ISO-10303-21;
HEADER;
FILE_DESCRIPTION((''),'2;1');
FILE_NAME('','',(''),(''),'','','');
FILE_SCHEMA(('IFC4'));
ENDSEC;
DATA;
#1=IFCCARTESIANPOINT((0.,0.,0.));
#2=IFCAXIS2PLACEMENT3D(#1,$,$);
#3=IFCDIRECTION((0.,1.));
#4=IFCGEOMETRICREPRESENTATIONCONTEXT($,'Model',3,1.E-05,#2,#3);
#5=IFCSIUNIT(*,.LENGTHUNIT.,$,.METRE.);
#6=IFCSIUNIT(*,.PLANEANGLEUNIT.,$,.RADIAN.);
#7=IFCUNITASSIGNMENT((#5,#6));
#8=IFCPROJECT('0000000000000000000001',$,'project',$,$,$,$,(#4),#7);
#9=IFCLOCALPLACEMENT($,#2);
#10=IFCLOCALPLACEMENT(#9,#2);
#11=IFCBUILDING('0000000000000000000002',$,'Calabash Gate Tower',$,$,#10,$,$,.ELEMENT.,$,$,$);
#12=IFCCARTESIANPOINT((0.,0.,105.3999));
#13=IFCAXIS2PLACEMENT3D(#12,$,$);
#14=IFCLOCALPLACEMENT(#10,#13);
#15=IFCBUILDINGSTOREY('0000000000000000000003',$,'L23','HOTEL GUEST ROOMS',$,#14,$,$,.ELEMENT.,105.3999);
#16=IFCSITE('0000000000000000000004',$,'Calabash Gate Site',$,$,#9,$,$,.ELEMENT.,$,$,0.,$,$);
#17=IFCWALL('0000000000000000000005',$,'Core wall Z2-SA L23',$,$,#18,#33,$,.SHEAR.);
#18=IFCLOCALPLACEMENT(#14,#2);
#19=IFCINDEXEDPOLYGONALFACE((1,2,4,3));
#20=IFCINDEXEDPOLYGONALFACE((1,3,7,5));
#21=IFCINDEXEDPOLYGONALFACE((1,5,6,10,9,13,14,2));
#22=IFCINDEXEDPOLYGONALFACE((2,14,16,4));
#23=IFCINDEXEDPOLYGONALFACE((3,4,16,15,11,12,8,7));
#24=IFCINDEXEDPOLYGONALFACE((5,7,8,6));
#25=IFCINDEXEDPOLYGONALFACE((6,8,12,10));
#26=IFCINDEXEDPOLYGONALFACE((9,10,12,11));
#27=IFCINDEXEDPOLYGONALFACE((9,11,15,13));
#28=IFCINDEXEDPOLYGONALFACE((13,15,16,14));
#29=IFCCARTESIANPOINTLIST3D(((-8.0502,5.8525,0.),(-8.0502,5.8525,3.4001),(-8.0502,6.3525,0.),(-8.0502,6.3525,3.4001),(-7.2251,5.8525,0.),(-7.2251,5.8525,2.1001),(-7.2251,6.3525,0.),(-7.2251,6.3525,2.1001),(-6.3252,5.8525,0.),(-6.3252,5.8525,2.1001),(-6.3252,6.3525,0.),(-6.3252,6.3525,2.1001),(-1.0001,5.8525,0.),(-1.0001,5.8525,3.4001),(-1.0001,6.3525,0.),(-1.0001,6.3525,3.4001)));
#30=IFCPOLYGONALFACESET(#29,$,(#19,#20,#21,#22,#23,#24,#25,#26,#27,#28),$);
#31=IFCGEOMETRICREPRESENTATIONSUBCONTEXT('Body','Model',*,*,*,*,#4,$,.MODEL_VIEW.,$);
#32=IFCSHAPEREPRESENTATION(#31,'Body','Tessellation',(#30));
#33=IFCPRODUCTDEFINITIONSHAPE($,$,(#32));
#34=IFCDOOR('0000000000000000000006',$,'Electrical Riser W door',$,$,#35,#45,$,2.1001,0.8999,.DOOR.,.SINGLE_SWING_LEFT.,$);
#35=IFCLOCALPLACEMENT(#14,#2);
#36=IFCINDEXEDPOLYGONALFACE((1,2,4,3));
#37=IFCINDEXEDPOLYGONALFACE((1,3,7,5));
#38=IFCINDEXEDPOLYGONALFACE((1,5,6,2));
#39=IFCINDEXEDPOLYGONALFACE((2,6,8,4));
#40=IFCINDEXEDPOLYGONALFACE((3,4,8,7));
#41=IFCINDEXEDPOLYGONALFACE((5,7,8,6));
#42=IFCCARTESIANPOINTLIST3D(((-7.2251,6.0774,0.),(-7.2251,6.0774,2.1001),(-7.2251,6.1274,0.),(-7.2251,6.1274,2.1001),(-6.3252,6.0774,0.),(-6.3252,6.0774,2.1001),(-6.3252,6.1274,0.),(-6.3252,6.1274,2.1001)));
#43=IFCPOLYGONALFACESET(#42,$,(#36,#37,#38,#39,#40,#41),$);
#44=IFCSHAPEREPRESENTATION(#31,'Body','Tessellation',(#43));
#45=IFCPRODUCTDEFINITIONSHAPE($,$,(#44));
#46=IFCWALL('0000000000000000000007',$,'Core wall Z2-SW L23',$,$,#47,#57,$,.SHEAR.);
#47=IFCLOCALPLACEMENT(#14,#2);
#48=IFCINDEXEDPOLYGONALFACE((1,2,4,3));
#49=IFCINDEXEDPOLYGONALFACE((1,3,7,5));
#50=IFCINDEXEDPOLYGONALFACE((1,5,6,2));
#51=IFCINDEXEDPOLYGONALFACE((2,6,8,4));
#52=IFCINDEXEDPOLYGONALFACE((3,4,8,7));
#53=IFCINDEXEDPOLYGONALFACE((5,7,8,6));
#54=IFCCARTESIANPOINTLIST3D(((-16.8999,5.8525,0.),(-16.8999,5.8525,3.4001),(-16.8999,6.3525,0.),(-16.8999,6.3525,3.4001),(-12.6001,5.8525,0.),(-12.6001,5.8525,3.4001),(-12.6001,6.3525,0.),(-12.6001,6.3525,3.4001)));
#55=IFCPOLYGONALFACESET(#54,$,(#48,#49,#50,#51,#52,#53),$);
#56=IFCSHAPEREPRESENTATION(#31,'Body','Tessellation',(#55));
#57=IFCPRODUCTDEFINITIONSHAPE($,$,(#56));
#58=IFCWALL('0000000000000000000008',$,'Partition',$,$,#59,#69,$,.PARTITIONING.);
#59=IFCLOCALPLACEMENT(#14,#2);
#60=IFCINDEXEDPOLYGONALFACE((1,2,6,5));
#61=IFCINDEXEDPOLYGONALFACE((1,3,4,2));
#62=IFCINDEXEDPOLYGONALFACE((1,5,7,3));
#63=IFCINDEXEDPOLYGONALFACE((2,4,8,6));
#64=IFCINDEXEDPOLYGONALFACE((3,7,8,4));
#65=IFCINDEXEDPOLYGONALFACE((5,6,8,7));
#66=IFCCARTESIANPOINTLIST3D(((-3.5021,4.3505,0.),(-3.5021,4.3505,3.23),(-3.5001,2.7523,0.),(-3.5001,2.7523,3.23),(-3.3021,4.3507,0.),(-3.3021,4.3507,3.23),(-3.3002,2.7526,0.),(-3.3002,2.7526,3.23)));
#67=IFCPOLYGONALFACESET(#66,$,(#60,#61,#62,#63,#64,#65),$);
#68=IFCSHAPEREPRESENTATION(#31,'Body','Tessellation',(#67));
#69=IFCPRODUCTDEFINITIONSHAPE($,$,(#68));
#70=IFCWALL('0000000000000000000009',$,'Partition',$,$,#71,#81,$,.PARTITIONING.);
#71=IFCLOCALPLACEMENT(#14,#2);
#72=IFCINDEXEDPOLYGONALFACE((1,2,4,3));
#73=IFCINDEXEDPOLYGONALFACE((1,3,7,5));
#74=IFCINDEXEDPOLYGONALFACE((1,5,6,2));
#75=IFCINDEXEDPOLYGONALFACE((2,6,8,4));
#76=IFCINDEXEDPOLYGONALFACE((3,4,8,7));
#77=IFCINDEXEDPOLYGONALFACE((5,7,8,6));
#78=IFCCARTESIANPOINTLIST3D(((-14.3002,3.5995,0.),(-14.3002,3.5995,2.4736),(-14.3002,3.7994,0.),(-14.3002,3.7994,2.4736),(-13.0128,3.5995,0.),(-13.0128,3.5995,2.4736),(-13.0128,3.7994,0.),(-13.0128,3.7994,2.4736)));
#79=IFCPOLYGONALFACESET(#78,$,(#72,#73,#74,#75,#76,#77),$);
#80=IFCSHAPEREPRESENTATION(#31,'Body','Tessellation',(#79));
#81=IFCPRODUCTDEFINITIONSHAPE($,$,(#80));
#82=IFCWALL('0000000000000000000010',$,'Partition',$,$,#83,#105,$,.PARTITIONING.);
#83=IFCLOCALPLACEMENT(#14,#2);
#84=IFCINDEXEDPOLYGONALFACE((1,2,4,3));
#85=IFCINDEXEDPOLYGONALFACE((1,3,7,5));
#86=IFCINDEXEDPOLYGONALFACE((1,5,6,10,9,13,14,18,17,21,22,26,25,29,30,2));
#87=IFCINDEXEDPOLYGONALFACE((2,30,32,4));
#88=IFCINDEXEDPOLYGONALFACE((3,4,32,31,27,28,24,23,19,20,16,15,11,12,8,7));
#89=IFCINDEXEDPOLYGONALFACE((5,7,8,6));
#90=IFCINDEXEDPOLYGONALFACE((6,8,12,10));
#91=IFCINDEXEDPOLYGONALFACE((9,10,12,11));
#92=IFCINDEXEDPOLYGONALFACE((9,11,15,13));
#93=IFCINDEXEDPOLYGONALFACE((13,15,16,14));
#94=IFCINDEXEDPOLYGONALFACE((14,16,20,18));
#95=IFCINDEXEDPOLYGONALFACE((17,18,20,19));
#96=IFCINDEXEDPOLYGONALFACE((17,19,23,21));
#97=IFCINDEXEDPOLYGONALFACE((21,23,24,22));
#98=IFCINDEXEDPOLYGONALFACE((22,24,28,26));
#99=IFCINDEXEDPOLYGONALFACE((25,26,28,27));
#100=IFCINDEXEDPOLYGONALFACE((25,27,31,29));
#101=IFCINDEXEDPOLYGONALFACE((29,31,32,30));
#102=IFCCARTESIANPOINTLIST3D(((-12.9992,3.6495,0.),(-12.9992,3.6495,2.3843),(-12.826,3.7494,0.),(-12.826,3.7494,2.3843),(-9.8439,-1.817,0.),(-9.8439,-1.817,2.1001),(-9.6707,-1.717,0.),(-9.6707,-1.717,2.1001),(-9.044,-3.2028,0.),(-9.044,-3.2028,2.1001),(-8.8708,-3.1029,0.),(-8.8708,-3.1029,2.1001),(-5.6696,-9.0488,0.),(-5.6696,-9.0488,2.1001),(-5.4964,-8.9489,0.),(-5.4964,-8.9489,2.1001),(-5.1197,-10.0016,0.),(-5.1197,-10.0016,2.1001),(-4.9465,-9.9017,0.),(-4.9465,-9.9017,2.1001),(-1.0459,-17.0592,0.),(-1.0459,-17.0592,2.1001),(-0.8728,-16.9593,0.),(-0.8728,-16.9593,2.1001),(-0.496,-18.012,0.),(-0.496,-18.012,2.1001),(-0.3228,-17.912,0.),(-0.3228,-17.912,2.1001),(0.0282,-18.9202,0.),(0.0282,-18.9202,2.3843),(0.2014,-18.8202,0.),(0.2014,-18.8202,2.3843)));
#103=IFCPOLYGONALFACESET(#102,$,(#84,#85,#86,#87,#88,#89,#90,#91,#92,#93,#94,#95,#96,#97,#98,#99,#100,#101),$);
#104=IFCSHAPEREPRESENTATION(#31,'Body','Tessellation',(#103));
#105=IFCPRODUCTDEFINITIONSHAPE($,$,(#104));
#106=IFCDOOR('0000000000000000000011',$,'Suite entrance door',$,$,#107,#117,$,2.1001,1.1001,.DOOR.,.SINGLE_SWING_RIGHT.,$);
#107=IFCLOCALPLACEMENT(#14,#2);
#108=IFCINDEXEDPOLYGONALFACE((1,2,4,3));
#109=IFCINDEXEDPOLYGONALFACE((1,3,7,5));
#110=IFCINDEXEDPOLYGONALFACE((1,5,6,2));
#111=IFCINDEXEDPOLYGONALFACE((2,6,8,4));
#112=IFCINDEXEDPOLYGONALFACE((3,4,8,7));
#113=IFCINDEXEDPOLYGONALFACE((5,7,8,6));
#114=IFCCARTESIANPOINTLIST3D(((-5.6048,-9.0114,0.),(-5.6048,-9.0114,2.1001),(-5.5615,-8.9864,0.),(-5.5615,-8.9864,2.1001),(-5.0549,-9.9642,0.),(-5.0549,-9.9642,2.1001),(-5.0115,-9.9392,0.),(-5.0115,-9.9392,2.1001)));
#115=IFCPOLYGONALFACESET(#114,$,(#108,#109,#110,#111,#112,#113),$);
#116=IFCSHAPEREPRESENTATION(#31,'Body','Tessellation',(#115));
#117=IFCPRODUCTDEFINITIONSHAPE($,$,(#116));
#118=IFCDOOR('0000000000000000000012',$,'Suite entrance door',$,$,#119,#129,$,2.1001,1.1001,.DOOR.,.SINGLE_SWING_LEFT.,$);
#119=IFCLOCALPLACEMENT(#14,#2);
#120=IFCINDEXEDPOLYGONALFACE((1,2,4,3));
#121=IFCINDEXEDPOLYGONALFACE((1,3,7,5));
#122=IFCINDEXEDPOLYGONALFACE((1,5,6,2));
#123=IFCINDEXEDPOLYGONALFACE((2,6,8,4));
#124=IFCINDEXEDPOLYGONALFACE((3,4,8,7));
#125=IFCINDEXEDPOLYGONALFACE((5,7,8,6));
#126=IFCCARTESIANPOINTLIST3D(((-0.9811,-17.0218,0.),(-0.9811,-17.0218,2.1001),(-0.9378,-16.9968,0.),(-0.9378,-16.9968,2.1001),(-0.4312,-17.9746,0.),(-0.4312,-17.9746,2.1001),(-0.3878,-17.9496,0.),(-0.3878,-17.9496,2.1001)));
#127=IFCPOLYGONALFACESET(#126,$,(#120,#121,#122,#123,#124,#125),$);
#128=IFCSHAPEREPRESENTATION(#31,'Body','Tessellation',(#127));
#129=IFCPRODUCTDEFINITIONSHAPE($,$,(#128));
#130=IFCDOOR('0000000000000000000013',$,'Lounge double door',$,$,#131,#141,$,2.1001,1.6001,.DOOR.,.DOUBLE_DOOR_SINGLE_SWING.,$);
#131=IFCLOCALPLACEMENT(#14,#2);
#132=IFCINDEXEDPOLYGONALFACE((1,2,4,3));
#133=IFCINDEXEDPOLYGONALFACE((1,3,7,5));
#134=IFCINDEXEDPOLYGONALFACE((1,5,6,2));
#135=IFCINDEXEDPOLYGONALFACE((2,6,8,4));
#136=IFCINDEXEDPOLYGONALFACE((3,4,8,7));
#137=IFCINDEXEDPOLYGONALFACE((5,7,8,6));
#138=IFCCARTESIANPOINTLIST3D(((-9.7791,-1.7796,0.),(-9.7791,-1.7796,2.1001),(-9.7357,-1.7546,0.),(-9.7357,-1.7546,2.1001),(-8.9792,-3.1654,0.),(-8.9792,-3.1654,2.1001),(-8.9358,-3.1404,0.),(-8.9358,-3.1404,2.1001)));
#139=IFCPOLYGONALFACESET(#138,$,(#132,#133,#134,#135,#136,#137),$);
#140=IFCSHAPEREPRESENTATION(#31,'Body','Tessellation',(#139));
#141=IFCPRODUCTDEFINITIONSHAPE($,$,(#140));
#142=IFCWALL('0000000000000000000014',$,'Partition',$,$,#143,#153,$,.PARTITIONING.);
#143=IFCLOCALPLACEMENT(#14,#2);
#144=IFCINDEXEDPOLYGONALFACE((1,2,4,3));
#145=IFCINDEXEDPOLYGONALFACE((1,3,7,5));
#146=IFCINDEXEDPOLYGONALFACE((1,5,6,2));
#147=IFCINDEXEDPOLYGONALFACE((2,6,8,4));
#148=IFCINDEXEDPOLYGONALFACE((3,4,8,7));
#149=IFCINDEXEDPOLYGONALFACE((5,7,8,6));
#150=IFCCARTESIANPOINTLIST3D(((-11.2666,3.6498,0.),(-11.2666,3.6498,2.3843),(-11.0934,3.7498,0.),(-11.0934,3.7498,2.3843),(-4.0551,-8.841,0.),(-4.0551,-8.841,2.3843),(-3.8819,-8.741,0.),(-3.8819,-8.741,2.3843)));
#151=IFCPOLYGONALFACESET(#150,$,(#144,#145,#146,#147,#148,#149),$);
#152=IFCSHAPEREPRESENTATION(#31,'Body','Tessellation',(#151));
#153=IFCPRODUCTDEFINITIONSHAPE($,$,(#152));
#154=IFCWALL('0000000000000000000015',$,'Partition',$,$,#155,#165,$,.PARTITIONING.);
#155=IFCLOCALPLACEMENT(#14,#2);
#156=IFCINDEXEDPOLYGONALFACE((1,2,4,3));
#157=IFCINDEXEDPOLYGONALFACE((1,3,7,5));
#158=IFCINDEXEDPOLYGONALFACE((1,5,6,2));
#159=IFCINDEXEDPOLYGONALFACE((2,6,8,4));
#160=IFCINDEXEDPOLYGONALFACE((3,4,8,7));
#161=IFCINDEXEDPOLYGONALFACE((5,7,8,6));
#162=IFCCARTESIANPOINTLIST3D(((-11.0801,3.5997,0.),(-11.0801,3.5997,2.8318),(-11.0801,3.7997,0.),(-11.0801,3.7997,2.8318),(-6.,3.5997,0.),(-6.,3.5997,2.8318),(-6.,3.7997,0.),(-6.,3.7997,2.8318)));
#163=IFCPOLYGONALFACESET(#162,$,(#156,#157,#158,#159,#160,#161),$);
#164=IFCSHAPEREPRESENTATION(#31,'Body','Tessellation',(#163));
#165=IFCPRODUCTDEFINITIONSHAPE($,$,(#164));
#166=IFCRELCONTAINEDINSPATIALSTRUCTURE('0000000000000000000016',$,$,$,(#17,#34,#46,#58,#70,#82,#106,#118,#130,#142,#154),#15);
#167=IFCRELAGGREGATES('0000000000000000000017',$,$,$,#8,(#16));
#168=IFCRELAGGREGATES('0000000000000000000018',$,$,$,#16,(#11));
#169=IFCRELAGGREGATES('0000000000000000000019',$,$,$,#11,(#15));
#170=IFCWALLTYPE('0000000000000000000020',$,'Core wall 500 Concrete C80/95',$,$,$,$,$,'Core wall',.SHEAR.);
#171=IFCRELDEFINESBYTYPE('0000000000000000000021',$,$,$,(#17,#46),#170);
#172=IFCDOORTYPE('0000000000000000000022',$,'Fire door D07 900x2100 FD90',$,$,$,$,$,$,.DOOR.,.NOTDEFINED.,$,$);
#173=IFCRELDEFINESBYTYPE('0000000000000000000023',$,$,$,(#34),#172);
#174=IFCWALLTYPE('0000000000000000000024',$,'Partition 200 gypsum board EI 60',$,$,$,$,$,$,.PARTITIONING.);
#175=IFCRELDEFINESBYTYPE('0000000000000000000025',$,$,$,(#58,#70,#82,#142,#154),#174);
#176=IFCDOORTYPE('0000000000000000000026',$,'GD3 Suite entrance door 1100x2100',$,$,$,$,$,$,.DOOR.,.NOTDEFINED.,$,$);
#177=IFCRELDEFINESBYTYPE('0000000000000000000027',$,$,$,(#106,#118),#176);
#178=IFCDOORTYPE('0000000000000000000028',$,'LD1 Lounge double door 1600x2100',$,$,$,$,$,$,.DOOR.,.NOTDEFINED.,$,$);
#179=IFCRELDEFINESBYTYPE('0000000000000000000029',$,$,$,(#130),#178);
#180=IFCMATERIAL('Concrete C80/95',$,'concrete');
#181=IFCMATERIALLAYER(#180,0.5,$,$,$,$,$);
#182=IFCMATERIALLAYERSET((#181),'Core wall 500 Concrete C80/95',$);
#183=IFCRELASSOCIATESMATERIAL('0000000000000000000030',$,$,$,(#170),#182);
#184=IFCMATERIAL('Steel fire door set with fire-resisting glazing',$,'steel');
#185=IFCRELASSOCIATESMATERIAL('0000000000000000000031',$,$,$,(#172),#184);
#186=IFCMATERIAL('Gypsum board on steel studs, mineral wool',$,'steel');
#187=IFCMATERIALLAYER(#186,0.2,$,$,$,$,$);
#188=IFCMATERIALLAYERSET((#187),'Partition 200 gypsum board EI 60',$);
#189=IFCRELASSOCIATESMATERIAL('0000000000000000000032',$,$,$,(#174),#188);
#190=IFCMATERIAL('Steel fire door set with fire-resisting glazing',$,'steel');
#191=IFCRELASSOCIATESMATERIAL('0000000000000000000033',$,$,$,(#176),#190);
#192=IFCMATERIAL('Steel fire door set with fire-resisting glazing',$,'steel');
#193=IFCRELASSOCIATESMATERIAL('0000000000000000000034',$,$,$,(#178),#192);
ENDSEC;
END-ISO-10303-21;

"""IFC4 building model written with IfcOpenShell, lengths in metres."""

from ifc_helpers import new_model, si_unit, direction, frame, frame_2d, origin, place, context, subcontext, project, spatial, rectangle, extrude, material, layer, layer_set, type_object, element, fill, save


model = new_model("IFC4")

# Units and contexts
model_context = context("Model", 3, precision=1e-05, world=origin(), true_north=direction((0.0, 1.0)))
body_context = subcontext(model_context, "Body", "Model", "MODEL_VIEW")
ifc_project = project(units=[si_unit("LENGTHUNIT", "METRE"), si_unit("PLANEANGLEUNIT", "RADIAN")], contexts=[model_context])

# Site, building, storey
site_placement = place(None, origin())
site = spatial("IfcSite", under=ifc_project, at=site_placement, Name="Calabash Gate Site", CompositionType="ELEMENT", RefElevation=0.0)
building_placement = place(site_placement, origin())
building = spatial("IfcBuilding", under=site, at=building_placement, Name="Calabash Gate Tower", CompositionType="ELEMENT")
storey_placement = place(building_placement, frame((0.0, 0.0, 105.3999)))
storey = spatial("IfcBuildingStorey", under=building, at=storey_placement, Name="L23", Description="HOTEL GUEST ROOMS", CompositionType="ELEMENT", Elevation=105.3999)

# Shared definitions
ifc_material_1 = material(Name="Concrete C80/95", Category="concrete")
ifc_layer_1 = layer(ifc_material_1, 0.5)
ifc_layer_set_1 = layer_set([ifc_layer_1], Name="Core wall 500 Concrete C80/95")
wall_type_1 = type_object("IfcWallType", Name="Core wall 500 Concrete C80/95", ElementType="Core wall", PredefinedType="SHEAR", material=ifc_layer_set_1)

# Wall, opening, door
wall_1_placement = place(storey_placement, frame((-8.05, 6.1025, 0.0), z_axis=(0.0, 0.0, 1.0), x_axis=(1.0, 0.0, 0.0)))
wall_1 = element("IfcWall", 1, at=wall_1_placement, inside=storey, type_object=wall_type_1, Name="Core wall Z2-SA L23", PredefinedType="SHEAR", context=body_context, shape_type="SweptSolid", body=[
    extrude(rectangle(XDim=7.05, YDim=0.5, at=frame_2d((3.5249, 0.0))), origin(), (0.0, 0.0, 1.0), 3.4001),
])
opening_1_placement = place(wall_1_placement, frame((0.825, 0.0, 0.0)))
opening_1 = element("IfcOpeningElement", 2, at=opening_1_placement, cuts=wall_1, PredefinedType="OPENING", context=body_context, shape_type="SweptSolid", body=[
    extrude(rectangle(XDim=0.8999, YDim=2.1001, at=frame_2d((0.45, 1.05))), frame((0.0, 0.26, 0.0), z_axis=(0.0, -1.0, 0.0), x_axis=(1.0, 0.0, 0.0)), (0.0, 0.0, 1.0), 0.52),
])
ifc_material_2 = material(Name="Steel fire door set with fire-resisting glazing", Category="steel")
door_type_1 = type_object("IfcDoorType", Name="Fire door D07 900x2100 FD90", OperationType="NOTDEFINED", PredefinedType="DOOR", material=ifc_material_2)
door_1_placement = place(opening_1_placement, origin())
door_1 = element("IfcDoor", 3, at=door_1_placement, inside=storey, type_object=door_type_1, Name="Electrical Riser W door", OperationType="SINGLE_SWING_LEFT", OverallHeight=2.1001, OverallWidth=0.8999, PredefinedType="DOOR", context=body_context, shape_type="SweptSolid", body=[
    extrude(rectangle(XDim=0.8999, YDim=2.1001, at=frame_2d((0.45, 1.05))), frame((0.0, 0.0249, 0.0), z_axis=(0.0, -1.0, 0.0), x_axis=(1.0, 0.0, 0.0)), (0.0, 0.0, 1.0), 0.05),
])
fill(opening_1, door_1)

# Walls
wall_2_placement = place(storey_placement, frame((-12.6001, 6.1025, 0.0), z_axis=(0.0, 0.0, 1.0), x_axis=(-1.0, 0.0, 0.0)))
element("IfcWall", 4, at=wall_2_placement, inside=storey, type_object=wall_type_1, Name="Core wall Z2-SW L23", PredefinedType="SHEAR", context=body_context, shape_type="SweptSolid", body=[
    extrude(rectangle(XDim=4.2998, YDim=0.5, at=frame_2d((2.1499, 0.0))), origin(), (0.0, 0.0, 1.0), 3.4001),
])
ifc_material_3 = material(Name="Gypsum board on steel studs, mineral wool", Category="steel")
ifc_layer_2 = layer(ifc_material_3, 0.2)
ifc_layer_set_2 = layer_set([ifc_layer_2], Name="Partition 200 gypsum board EI 60")
wall_type_2 = type_object("IfcWallType", Name="Partition 200 gypsum board EI 60", PredefinedType="PARTITIONING", material=ifc_layer_set_2)
wall_3_placement = place(storey_placement, frame((-3.4021, 4.3506, 0.0), z_axis=(0.0, 0.0, 1.0), x_axis=(0.001222, -0.999999, 0.0)))
element("IfcWall", 5, at=wall_3_placement, inside=storey, type_object=wall_type_2, Name="Partition", PredefinedType="PARTITIONING", context=body_context, shape_type="SweptSolid", body=[
    extrude(rectangle(XDim=1.5981, YDim=0.2, at=frame_2d((0.7991, 0.0))), origin(), (0.0, 0.0, 1.0), 3.23),
])
wall_4_placement = place(storey_placement, frame((-14.3, 3.6995, 0.0), z_axis=(0.0, 0.0, 1.0), x_axis=(1.0, 0.0, 0.0)))
element("IfcWall", 6, at=wall_4_placement, inside=storey, type_object=wall_type_2, Name="Partition", PredefinedType="PARTITIONING", context=body_context, shape_type="SweptSolid", body=[
    extrude(rectangle(XDim=1.2874, YDim=0.2, at=frame_2d((0.6436, 0.0))), origin(), (0.0, 0.0, 1.0), 2.4736),
])

# Wall, openings, doors
wall_5_placement = place(storey_placement, frame((-12.9126, 3.6995, 0.0), z_axis=(0.0, 0.0, 1.0), x_axis=(0.499908, -0.866079, 0.0)))
wall_5 = element("IfcWall", 7, at=wall_5_placement, inside=storey, type_object=wall_type_2, Name="Partition", PredefinedType="PARTITIONING", context=body_context, shape_type="SweptSolid", body=[
    extrude(rectangle(XDim=26.0596, YDim=0.2, at=frame_2d((13.0298, 0.0))), origin(), (0.0, 0.0, 1.0), 2.3843),
])
opening_2_placement = place(wall_5_placement, frame((6.3118, 0.0, 0.0)))
opening_2 = element("IfcOpeningElement", 8, at=opening_2_placement, cuts=wall_5, PredefinedType="OPENING", context=body_context, shape_type="SweptSolid", body=[
    extrude(rectangle(XDim=1.6001, YDim=2.1001, at=frame_2d((0.8, 1.05))), frame((0.0, 0.1099, 0.0), z_axis=(0.0, -1.0, 0.0), x_axis=(1.0, 0.0, 0.0)), (0.0, 0.0, 1.0), 0.22),
])
opening_3_placement = place(wall_5_placement, frame((14.6619, 0.0, 0.0)))
opening_3 = element("IfcOpeningElement", 9, at=opening_3_placement, cuts=wall_5, PredefinedType="OPENING", context=body_context, shape_type="SweptSolid", body=[
    extrude(rectangle(XDim=1.1001, YDim=2.1001, at=frame_2d((0.55, 1.05))), frame((0.0, 0.1099, 0.0), z_axis=(0.0, -1.0, 0.0), x_axis=(1.0, 0.0, 0.0)), (0.0, 0.0, 1.0), 0.22),
])
opening_4_placement = place(wall_5_placement, frame((23.9109, 0.0, 0.0)))
opening_4 = element("IfcOpeningElement", 10, at=opening_4_placement, cuts=wall_5, PredefinedType="OPENING", context=body_context, shape_type="SweptSolid", body=[
    extrude(rectangle(XDim=1.1001, YDim=2.1001, at=frame_2d((0.55, 1.05))), frame((0.0, 0.1099, 0.0), z_axis=(0.0, -1.0, 0.0), x_axis=(1.0, 0.0, 0.0)), (0.0, 0.0, 1.0), 0.22),
])
ifc_material_4 = material(Name="Steel fire door set with fire-resisting glazing", Category="steel")
door_type_2 = type_object("IfcDoorType", Name="GD3 Suite entrance door 1100x2100", OperationType="NOTDEFINED", PredefinedType="DOOR", material=ifc_material_4)
door_2_placement = place(opening_3_placement, origin())
door_2 = element("IfcDoor", 11, at=door_2_placement, inside=storey, type_object=door_type_2, Name="Suite entrance door", OperationType="SINGLE_SWING_RIGHT", OverallHeight=2.1001, OverallWidth=1.1001, PredefinedType="DOOR", context=body_context, shape_type="SweptSolid", body=[
    extrude(rectangle(XDim=1.1001, YDim=2.1001, at=frame_2d((0.55, 1.05))), frame((0.0, 0.0249, 0.0), z_axis=(0.0, -1.0, 0.0), x_axis=(1.0, 0.0, 0.0)), (0.0, 0.0, 1.0), 0.05),
])
fill(opening_3, door_2)
door_3_placement = place(opening_4_placement, origin())
door_3 = element("IfcDoor", 12, at=door_3_placement, inside=storey, type_object=door_type_2, Name="Suite entrance door", OperationType="SINGLE_SWING_LEFT", OverallHeight=2.1001, OverallWidth=1.1001, PredefinedType="DOOR", context=body_context, shape_type="SweptSolid", body=[
    extrude(rectangle(XDim=1.1001, YDim=2.1001, at=frame_2d((0.55, 1.05))), frame((0.0, 0.0249, 0.0), z_axis=(0.0, -1.0, 0.0), x_axis=(1.0, 0.0, 0.0)), (0.0, 0.0, 1.0), 0.05),
])
fill(opening_4, door_3)
ifc_material_5 = material(Name="Steel fire door set with fire-resisting glazing", Category="steel")
door_type_3 = type_object("IfcDoorType", Name="LD1 Lounge double door 1600x2100", OperationType="NOTDEFINED", PredefinedType="DOOR", material=ifc_material_5)
door_4_placement = place(opening_2_placement, origin())
door_4 = element("IfcDoor", 13, at=door_4_placement, inside=storey, type_object=door_type_3, Name="Lounge double door", OperationType="DOUBLE_DOOR_SINGLE_SWING", OverallHeight=2.1001, OverallWidth=1.6001, PredefinedType="DOOR", context=body_context, shape_type="SweptSolid", body=[
    extrude(rectangle(XDim=1.6001, YDim=2.1001, at=frame_2d((0.8, 1.05))), frame((0.0, 0.0249, 0.0), z_axis=(0.0, -1.0, 0.0), x_axis=(1.0, 0.0, 0.0)), (0.0, 0.0, 1.0), 0.05),
])
fill(opening_2, door_4)

# Walls
wall_6_placement = place(storey_placement, frame((-11.1799, 3.6997, 0.0), z_axis=(0.0, 0.0, 1.0), x_axis=(0.499995, -0.866028, 0.0)))
element("IfcWall", 14, at=wall_6_placement, inside=storey, type_object=wall_type_2, Name="Partition", PredefinedType="PARTITIONING", context=body_context, shape_type="SweptSolid", body=[
    extrude(rectangle(XDim=14.4231, YDim=0.2, at=frame_2d((7.2114, 0.0))), origin(), (0.0, 0.0, 1.0), 2.3843),
])
wall_7_placement = place(storey_placement, frame((-11.0801, 3.6997, 0.0), z_axis=(0.0, 0.0, 1.0), x_axis=(1.0, 0.0, 0.0)))
element("IfcWall", 15, at=wall_7_placement, inside=storey, type_object=wall_type_2, Name="Partition", PredefinedType="PARTITIONING", context=body_context, shape_type="SweptSolid", body=[
    extrude(rectangle(XDim=5.0801, YDim=0.2, at=frame_2d((2.54, 0.0))), origin(), (0.0, 0.0, 1.0), 2.8318),
])

save(model, "model.ifc")
